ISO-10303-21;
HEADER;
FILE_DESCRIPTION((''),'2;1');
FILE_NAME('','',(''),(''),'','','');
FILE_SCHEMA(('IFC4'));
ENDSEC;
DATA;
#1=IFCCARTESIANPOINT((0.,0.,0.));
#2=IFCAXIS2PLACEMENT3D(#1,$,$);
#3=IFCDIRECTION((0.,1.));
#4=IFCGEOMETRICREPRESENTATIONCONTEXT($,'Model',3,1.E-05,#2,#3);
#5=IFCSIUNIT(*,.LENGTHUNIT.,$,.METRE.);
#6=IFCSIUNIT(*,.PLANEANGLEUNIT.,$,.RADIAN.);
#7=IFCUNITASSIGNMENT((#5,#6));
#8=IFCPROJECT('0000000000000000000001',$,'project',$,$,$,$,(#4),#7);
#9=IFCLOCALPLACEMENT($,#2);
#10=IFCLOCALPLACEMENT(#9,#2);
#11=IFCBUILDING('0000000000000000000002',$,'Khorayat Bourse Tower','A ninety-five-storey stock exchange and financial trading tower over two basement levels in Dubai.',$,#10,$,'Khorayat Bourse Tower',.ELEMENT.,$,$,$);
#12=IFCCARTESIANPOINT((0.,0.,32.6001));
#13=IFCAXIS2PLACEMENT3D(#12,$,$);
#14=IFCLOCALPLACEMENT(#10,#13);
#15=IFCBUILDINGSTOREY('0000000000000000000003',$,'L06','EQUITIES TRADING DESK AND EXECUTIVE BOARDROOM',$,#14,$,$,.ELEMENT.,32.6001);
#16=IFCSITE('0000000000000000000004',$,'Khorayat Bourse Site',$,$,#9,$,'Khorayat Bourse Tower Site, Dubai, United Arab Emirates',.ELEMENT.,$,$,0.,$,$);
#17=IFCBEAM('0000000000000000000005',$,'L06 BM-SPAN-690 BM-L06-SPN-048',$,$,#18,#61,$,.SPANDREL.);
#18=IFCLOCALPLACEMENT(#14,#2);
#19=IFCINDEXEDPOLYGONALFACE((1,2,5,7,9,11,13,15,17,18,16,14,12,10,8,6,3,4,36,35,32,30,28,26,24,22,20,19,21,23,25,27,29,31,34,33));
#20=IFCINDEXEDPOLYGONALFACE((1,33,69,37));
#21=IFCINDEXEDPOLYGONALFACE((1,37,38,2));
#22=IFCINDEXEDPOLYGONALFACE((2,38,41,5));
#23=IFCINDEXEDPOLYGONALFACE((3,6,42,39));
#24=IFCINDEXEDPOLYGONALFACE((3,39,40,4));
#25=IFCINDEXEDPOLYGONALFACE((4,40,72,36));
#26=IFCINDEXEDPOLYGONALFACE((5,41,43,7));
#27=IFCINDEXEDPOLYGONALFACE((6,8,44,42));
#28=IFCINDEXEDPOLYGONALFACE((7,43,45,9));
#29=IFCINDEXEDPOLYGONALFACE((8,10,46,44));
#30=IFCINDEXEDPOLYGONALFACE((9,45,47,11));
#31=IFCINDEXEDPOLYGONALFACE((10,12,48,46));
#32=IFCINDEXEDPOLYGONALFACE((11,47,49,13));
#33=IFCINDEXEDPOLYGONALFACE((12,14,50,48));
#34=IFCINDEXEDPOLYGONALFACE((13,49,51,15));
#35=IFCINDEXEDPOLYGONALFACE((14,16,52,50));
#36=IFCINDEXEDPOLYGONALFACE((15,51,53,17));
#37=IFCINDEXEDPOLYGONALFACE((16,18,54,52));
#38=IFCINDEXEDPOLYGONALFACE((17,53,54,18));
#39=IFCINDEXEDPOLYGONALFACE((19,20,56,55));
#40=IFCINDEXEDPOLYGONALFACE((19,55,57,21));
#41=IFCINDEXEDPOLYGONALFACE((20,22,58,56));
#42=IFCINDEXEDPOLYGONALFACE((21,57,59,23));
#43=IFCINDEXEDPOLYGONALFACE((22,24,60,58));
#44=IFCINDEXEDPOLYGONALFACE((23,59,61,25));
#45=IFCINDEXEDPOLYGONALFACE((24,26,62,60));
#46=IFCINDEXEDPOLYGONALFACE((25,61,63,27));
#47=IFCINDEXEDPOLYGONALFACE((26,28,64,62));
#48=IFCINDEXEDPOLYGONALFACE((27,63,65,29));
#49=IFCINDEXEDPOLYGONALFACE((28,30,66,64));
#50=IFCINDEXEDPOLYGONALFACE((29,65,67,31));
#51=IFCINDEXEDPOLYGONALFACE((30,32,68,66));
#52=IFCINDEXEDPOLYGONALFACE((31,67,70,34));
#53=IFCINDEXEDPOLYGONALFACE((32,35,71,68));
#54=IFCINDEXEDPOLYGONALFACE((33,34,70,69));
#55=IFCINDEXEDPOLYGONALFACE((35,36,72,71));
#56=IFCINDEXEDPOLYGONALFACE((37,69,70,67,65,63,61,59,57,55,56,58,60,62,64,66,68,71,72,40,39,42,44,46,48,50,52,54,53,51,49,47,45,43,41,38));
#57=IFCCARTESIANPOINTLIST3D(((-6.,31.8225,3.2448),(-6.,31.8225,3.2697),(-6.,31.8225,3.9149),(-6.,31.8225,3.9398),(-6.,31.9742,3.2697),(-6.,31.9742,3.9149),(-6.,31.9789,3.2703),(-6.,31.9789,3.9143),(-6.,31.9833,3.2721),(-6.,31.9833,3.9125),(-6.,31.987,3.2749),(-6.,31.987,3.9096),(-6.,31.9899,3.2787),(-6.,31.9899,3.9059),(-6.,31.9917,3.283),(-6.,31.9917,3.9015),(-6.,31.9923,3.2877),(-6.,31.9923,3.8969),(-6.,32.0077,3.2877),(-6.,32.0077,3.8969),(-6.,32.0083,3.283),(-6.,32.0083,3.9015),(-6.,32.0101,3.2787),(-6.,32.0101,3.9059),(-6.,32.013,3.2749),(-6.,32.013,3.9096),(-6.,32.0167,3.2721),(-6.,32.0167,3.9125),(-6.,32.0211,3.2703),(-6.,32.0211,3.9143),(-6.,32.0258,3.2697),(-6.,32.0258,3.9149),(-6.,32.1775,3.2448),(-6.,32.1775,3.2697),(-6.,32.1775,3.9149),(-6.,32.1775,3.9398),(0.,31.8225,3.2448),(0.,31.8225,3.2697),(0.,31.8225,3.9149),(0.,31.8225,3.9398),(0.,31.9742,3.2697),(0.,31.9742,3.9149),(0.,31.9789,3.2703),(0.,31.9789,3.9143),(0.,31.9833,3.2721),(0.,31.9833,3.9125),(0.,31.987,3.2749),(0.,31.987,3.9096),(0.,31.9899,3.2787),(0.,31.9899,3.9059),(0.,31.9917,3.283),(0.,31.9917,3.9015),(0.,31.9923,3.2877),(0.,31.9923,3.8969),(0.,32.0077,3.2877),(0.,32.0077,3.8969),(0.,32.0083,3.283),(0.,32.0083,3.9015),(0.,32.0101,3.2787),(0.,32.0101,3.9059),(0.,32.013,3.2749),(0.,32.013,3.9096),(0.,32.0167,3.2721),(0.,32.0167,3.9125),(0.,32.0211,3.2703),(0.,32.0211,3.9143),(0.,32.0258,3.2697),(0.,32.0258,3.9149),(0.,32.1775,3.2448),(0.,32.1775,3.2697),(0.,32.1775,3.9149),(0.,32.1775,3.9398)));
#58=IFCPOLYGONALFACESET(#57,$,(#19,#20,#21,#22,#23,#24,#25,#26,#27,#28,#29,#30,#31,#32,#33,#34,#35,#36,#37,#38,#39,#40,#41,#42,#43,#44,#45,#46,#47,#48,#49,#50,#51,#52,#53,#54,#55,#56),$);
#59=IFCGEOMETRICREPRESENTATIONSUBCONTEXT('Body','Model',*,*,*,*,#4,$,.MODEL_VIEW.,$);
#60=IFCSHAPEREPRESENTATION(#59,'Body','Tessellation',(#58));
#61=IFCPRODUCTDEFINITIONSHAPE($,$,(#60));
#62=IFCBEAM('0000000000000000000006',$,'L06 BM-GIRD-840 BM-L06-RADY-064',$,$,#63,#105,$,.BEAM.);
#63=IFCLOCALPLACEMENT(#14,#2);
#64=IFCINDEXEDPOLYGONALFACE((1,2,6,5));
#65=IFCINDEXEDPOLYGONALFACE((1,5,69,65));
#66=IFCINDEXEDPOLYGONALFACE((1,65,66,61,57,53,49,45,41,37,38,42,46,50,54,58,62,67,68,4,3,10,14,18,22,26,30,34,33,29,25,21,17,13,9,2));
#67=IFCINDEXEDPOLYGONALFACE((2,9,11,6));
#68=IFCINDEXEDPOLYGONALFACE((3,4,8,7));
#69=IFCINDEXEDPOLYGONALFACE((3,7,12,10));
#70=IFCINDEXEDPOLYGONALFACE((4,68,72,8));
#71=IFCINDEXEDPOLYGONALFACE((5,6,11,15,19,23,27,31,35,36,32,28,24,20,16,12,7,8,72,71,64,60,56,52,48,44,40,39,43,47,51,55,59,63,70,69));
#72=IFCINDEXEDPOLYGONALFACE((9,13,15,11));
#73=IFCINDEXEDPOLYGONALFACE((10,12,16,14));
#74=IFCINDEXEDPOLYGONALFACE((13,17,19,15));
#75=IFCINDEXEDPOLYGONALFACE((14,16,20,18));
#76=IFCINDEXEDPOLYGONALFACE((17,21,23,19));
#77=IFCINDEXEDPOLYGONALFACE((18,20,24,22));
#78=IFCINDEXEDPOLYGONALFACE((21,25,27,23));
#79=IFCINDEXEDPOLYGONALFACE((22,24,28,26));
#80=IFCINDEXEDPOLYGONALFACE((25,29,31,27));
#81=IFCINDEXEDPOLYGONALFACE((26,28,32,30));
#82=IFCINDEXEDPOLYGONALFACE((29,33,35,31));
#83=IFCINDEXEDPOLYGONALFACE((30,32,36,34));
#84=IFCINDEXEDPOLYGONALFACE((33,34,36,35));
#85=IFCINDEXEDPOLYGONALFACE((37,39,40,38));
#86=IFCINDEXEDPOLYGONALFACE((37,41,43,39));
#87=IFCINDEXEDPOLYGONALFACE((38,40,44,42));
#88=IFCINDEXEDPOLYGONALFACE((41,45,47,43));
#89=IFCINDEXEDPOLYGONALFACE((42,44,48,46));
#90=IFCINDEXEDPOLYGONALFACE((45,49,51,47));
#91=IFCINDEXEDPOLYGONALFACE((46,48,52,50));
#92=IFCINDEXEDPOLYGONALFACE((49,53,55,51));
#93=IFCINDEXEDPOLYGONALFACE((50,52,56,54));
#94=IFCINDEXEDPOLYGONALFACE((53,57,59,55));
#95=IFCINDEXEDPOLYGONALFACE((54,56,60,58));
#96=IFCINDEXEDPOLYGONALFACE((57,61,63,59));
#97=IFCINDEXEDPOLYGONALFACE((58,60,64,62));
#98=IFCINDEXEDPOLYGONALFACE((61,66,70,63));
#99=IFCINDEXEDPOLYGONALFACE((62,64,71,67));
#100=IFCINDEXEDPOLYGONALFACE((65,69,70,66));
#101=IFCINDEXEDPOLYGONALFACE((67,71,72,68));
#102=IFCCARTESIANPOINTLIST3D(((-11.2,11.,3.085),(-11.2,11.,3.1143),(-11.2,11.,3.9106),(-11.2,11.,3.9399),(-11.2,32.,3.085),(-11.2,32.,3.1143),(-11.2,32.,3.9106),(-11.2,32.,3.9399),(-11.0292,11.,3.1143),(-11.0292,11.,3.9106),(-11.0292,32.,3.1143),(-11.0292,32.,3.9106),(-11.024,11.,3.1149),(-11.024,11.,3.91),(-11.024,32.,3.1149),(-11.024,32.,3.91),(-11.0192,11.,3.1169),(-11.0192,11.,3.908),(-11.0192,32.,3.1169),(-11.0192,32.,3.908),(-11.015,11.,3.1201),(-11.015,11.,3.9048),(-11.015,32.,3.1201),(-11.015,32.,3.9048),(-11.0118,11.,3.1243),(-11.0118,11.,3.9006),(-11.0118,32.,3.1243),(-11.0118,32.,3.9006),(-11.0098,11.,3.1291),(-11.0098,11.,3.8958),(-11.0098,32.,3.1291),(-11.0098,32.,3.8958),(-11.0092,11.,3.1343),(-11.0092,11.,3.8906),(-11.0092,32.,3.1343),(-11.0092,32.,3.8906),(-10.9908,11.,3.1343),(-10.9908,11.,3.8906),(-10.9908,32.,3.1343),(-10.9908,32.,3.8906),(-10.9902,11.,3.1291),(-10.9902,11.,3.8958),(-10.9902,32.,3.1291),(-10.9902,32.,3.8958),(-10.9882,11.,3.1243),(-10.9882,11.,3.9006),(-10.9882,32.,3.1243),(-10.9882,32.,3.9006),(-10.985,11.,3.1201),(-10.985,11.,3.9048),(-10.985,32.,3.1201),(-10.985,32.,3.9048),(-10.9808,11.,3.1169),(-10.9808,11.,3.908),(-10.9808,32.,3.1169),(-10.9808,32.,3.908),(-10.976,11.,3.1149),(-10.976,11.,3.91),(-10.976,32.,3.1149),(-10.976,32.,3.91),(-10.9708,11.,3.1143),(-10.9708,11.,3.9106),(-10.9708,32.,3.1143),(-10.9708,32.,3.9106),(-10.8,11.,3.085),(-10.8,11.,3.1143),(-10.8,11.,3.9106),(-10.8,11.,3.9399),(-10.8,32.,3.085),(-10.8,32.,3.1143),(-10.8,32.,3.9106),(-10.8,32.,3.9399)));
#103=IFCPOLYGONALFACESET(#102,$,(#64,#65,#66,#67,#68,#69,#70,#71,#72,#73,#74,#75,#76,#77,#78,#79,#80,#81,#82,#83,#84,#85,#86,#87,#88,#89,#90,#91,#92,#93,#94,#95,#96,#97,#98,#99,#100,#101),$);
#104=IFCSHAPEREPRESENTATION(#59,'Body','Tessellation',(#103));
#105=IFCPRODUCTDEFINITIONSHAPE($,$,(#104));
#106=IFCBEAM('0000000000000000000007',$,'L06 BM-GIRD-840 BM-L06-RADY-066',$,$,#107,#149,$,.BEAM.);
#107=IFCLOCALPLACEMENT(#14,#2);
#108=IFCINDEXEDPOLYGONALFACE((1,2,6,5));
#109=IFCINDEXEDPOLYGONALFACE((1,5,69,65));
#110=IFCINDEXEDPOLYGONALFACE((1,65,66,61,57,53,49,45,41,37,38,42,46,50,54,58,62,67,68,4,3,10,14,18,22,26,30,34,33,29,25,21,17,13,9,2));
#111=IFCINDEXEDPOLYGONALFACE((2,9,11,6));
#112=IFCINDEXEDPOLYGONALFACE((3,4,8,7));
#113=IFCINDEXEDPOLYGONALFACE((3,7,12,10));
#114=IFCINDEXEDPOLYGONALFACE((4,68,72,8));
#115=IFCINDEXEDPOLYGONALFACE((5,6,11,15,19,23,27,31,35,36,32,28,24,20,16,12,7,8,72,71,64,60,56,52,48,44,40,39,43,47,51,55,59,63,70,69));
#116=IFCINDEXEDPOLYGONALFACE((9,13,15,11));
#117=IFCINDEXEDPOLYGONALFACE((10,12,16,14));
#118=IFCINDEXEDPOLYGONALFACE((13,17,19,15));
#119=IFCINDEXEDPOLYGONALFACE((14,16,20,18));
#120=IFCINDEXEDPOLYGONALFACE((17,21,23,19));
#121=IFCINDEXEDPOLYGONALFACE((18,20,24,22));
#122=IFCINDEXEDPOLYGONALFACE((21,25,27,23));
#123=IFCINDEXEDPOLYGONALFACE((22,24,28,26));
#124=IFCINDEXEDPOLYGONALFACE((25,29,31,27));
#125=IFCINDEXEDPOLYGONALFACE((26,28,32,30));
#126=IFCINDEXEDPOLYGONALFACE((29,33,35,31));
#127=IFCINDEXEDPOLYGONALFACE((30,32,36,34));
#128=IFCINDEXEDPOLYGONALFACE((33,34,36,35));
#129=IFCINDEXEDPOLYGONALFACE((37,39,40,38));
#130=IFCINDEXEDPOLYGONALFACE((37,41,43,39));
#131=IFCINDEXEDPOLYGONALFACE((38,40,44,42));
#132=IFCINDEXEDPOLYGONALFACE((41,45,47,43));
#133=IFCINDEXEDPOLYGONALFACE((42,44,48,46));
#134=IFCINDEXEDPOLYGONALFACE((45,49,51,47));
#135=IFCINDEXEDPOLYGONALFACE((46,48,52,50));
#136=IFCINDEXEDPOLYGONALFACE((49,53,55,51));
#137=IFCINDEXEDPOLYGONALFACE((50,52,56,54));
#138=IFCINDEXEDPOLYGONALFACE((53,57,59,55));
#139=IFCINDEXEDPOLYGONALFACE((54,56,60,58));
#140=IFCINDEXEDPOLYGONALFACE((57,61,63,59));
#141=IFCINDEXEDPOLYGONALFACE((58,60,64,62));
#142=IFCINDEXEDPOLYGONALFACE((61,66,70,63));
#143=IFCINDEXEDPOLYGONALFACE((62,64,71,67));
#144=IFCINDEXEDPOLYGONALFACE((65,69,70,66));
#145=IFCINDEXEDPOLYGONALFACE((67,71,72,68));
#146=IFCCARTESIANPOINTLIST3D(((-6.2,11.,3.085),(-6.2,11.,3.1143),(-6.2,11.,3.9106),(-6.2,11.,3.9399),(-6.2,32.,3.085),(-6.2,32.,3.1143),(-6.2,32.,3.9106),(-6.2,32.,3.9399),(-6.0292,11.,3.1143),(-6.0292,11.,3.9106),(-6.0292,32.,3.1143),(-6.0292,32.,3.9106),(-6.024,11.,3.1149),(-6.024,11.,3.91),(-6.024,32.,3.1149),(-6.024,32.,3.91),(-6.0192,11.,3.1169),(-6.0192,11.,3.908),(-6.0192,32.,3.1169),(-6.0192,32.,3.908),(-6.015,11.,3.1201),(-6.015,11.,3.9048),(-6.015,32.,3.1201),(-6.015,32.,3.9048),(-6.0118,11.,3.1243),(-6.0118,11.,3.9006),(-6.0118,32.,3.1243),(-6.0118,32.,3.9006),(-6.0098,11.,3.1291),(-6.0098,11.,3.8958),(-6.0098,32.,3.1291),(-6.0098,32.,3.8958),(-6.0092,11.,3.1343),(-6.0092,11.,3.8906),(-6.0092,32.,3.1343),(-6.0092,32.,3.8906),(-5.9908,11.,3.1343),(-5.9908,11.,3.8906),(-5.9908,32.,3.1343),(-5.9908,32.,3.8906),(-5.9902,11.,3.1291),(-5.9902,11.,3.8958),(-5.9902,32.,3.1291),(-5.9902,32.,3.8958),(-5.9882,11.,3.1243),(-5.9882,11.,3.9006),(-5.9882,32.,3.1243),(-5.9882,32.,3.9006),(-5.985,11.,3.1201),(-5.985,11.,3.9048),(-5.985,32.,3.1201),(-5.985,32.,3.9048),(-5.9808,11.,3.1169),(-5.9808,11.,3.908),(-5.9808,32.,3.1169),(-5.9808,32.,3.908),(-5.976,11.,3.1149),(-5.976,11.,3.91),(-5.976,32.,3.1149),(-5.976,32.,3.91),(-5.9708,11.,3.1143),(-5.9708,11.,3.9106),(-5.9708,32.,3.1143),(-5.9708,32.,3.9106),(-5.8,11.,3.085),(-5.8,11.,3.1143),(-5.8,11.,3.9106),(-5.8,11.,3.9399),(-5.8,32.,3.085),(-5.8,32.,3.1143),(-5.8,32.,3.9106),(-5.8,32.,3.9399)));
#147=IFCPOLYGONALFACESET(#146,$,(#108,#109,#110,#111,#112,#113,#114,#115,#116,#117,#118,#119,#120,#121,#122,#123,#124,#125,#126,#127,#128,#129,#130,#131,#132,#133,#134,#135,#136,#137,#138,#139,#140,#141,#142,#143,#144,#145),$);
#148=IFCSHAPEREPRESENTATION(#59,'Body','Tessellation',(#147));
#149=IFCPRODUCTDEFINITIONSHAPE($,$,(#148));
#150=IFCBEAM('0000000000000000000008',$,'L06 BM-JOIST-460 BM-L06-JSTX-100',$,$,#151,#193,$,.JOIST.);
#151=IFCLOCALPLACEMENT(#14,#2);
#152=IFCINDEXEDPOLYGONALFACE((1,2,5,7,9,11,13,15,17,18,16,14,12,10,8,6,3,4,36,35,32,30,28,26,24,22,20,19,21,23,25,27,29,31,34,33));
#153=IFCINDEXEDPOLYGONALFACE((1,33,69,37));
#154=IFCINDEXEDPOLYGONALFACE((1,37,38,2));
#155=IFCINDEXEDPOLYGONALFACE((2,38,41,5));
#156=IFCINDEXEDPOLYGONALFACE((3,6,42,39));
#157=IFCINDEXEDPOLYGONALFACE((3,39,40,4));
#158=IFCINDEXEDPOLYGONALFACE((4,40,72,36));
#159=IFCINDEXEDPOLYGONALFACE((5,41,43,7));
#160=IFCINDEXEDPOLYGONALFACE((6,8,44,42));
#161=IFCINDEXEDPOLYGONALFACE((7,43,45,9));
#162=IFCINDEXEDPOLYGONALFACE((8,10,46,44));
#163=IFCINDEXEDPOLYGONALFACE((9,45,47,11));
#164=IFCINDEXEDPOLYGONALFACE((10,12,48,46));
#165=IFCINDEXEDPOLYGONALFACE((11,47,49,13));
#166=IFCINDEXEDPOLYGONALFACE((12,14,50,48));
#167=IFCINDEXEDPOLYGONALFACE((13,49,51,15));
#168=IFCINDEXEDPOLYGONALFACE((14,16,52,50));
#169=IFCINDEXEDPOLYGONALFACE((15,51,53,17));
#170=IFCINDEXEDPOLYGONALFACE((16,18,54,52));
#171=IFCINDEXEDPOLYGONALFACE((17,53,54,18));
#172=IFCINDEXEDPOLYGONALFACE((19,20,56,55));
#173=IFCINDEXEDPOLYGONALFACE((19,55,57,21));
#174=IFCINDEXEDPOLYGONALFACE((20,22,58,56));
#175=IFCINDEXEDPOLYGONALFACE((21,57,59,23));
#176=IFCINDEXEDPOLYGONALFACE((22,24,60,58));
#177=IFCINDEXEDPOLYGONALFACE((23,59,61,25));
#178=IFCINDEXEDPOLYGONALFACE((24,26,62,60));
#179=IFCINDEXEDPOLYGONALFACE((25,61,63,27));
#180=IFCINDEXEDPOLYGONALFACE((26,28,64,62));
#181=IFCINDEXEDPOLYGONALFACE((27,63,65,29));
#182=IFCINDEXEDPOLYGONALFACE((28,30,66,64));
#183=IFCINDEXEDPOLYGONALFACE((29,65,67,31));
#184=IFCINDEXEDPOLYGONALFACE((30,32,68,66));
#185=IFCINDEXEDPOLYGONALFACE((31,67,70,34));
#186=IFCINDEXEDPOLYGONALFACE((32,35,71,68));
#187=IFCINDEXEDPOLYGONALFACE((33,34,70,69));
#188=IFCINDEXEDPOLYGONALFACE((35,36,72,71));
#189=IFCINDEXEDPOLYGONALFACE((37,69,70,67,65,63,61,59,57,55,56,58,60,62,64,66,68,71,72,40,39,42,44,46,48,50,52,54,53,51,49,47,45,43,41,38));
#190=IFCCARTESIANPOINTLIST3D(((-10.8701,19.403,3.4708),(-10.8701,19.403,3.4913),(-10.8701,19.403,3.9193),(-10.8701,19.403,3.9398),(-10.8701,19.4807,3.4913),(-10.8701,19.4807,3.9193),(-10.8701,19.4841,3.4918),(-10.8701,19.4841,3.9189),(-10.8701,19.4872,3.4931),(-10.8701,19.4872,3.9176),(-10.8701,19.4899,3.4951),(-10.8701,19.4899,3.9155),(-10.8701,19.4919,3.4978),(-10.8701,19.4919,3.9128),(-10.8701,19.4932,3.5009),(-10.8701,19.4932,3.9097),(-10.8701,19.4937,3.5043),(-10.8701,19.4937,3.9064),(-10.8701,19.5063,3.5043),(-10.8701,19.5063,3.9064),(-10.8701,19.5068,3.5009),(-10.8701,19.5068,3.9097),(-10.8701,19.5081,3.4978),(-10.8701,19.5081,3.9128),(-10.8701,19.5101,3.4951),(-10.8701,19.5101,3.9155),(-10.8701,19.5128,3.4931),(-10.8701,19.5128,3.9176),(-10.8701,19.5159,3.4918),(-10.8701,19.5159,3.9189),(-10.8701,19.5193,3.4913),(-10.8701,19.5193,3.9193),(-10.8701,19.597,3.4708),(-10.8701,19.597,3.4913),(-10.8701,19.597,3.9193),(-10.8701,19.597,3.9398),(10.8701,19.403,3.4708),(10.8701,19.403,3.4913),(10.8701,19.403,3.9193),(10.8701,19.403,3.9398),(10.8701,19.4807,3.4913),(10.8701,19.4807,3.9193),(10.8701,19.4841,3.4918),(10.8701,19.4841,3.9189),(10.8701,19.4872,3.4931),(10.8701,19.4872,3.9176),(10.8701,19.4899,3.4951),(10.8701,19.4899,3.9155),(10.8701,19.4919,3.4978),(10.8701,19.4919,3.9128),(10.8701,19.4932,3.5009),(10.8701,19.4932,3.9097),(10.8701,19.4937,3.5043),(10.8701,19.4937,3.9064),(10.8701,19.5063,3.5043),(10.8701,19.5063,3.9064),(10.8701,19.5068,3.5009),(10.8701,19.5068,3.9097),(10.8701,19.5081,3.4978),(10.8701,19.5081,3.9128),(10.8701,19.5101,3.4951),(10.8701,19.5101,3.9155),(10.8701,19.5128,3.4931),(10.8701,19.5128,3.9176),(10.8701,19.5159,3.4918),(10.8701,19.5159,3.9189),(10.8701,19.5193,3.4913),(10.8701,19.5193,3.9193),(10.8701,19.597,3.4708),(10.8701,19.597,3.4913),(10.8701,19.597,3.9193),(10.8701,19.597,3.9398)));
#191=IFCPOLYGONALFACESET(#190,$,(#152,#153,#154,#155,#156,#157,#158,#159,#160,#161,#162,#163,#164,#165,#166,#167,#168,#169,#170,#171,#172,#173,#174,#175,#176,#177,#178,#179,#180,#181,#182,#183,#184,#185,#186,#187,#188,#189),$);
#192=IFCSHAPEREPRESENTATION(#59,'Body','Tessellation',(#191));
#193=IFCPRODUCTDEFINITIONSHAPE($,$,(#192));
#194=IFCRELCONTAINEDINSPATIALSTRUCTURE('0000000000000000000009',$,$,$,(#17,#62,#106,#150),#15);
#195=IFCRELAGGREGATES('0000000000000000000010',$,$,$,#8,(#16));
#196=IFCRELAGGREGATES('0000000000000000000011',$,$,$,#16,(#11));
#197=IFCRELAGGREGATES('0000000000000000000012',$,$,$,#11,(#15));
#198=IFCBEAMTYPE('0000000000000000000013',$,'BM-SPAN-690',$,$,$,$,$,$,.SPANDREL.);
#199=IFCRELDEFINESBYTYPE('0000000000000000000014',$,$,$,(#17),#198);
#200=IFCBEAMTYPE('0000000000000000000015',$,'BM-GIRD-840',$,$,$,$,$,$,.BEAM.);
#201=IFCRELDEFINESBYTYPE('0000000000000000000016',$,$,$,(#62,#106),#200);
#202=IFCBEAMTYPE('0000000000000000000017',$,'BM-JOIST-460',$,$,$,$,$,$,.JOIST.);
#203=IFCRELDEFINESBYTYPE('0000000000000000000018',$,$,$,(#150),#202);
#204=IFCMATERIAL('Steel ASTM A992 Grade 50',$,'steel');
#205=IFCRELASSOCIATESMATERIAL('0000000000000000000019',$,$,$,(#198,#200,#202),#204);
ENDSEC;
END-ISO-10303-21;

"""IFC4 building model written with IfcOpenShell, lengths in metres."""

from ifc_helpers import new_model, si_unit, direction, frame, origin, origin_2d, place, context, subcontext, project, spatial, i_section, extrude, source, transform, mapped, material, material_profile, profile_set, type_object, element, save


model = new_model("IFC4")

# Units and contexts
model_context = context("Model", 3, precision=1e-05, world=origin(), true_north=direction((0.0, 1.0)))
body_context = subcontext(model_context, "Body", "Model", "MODEL_VIEW")
ifc_project = project(units=[si_unit("LENGTHUNIT", "METRE"), si_unit("PLANEANGLEUNIT", "RADIAN")], contexts=[model_context])

# Site, building, storey
site_placement = place(None, origin())
site = spatial("IfcSite", under=ifc_project, at=site_placement, Name="Khorayat Bourse Site", LongName="Khorayat Bourse Tower Site, Dubai, United Arab Emirates", CompositionType="ELEMENT", RefElevation=0.0)
building_placement = place(site_placement, origin())
building = spatial("IfcBuilding", under=site, at=building_placement, Name="Khorayat Bourse Tower", Description="A ninety-five-storey stock exchange and financial trading tower over two basement levels in Dubai.", LongName="Khorayat Bourse Tower", CompositionType="ELEMENT")
storey_placement = place(building_placement, frame((0.0, 0.0, 32.6001)))
storey = spatial("IfcBuildingStorey", under=building, at=storey_placement, Name="L06", Description="EQUITIES TRADING DESK AND EXECUTIVE BOARDROOM", CompositionType="ELEMENT", Elevation=32.6001)

# Beams
ifc_material_1 = material(Name="Steel ASTM A992 Grade 50", Category="steel")
ifc_material_profile_1 = material_profile(ifc_material_1, i_section(OverallWidth=0.355, OverallDepth=0.6951, WebThickness=0.0154, FlangeThickness=0.0249, FilletRadius=0.0181, at=origin_2d()), Name="W690X217")
ifc_profile_set_1 = profile_set([ifc_material_profile_1], Name="Steel ASTM A992 Grade 50")
beam_type_1 = type_object("IfcBeamType", Name="BM-SPAN-690", PredefinedType="SPANDREL", material=ifc_profile_set_1)
shared_shape_1 = source(origin(), body_context, "Body", "SweptSolid", [
    extrude(i_section(OverallWidth=0.355, OverallDepth=0.6951, WebThickness=0.0154, FlangeThickness=0.0249, FilletRadius=0.0181, at=origin_2d()), origin(), (0.0, 0.0, 1.0), 6.0),
])
beam_1_placement = place(storey_placement, frame((-6.0, 32.0, 3.5923), z_axis=(1.0, 0.0, 0.0), x_axis=(0.0, 1.0, 0.0)))
element("IfcBeam", 1, at=beam_1_placement, inside=storey, type_object=beam_type_1, Name="L06 BM-SPAN-690 BM-L06-SPN-048", PredefinedType="SPANDREL", context=body_context, shape_type="MappedRepresentation", body=[
    mapped(shared_shape_1, transform((0.0, 0.0, 0.0), scale=1.0)),
])
ifc_material_profile_2 = material_profile(ifc_material_1, i_section(OverallWidth=0.3999, OverallDepth=0.855, WebThickness=0.0183, FlangeThickness=0.0293, FilletRadius=0.02, at=origin_2d()), Name="W840X299")
ifc_profile_set_2 = profile_set([ifc_material_profile_2], Name="Steel ASTM A992 Grade 50")
beam_type_2 = type_object("IfcBeamType", Name="BM-GIRD-840", PredefinedType="BEAM", material=ifc_profile_set_2)
shared_shape_2 = source(origin(), body_context, "Body", "SweptSolid", [
    extrude(i_section(OverallWidth=0.3999, OverallDepth=0.855, WebThickness=0.0183, FlangeThickness=0.0293, FilletRadius=0.02, at=origin_2d()), origin(), (0.0, 0.0, 1.0), 21.0),
])
for number, where, z_axis, x_axis, name in (
    (2, (-11.0, 11.0, 3.5125), (0.0, 1.0, 0.0), (-1.0, 0.0, 0.0), "L06 BM-GIRD-840 BM-L06-RADY-064"),
    (3, (-6.0, 11.0, 3.5125), (0.0, 1.0, 0.0), (-1.0, 0.0, 0.0), "L06 BM-GIRD-840 BM-L06-RADY-066"),
):
    element("IfcBeam", number, at=place(storey_placement, frame(where, z_axis=z_axis, x_axis=x_axis)), inside=storey, type_object=beam_type_2, Name=name, PredefinedType="BEAM", context=body_context, shape_type="MappedRepresentation", body=[
        mapped(shared_shape_2, transform((0.0, 0.0, 0.0), scale=1.0)),
    ])
ifc_material_profile_3 = material_profile(ifc_material_1, i_section(OverallWidth=0.1941, OverallDepth=0.469, WebThickness=0.0127, FlangeThickness=0.0205, FilletRadius=0.0129, at=origin_2d()), Name="W460X106")
ifc_profile_set_3 = profile_set([ifc_material_profile_3], Name="Steel ASTM A992 Grade 50")
beam_type_3 = type_object("IfcBeamType", Name="BM-JOIST-460", PredefinedType="JOIST", material=ifc_profile_set_3)
shared_shape_3 = source(origin(), body_context, "Body", "SweptSolid", [
    extrude(i_section(OverallWidth=0.1941, OverallDepth=0.469, WebThickness=0.0127, FlangeThickness=0.0205, FilletRadius=0.0129, at=origin_2d()), origin(), (0.0, 0.0, 1.0), 21.7402),
])
beam_2_placement = place(storey_placement, frame((-10.8701, 19.5, 3.7053), z_axis=(1.0, 0.0, 0.0), x_axis=(0.0, 1.0, 0.0)))
element("IfcBeam", 4, at=beam_2_placement, inside=storey, type_object=beam_type_3, Name="L06 BM-JOIST-460 BM-L06-JSTX-100", PredefinedType="JOIST", context=body_context, shape_type="MappedRepresentation", body=[
    mapped(shared_shape_3, transform((0.0, 0.0, 0.0), scale=1.0)),
])

save(model, "model.ifc")
